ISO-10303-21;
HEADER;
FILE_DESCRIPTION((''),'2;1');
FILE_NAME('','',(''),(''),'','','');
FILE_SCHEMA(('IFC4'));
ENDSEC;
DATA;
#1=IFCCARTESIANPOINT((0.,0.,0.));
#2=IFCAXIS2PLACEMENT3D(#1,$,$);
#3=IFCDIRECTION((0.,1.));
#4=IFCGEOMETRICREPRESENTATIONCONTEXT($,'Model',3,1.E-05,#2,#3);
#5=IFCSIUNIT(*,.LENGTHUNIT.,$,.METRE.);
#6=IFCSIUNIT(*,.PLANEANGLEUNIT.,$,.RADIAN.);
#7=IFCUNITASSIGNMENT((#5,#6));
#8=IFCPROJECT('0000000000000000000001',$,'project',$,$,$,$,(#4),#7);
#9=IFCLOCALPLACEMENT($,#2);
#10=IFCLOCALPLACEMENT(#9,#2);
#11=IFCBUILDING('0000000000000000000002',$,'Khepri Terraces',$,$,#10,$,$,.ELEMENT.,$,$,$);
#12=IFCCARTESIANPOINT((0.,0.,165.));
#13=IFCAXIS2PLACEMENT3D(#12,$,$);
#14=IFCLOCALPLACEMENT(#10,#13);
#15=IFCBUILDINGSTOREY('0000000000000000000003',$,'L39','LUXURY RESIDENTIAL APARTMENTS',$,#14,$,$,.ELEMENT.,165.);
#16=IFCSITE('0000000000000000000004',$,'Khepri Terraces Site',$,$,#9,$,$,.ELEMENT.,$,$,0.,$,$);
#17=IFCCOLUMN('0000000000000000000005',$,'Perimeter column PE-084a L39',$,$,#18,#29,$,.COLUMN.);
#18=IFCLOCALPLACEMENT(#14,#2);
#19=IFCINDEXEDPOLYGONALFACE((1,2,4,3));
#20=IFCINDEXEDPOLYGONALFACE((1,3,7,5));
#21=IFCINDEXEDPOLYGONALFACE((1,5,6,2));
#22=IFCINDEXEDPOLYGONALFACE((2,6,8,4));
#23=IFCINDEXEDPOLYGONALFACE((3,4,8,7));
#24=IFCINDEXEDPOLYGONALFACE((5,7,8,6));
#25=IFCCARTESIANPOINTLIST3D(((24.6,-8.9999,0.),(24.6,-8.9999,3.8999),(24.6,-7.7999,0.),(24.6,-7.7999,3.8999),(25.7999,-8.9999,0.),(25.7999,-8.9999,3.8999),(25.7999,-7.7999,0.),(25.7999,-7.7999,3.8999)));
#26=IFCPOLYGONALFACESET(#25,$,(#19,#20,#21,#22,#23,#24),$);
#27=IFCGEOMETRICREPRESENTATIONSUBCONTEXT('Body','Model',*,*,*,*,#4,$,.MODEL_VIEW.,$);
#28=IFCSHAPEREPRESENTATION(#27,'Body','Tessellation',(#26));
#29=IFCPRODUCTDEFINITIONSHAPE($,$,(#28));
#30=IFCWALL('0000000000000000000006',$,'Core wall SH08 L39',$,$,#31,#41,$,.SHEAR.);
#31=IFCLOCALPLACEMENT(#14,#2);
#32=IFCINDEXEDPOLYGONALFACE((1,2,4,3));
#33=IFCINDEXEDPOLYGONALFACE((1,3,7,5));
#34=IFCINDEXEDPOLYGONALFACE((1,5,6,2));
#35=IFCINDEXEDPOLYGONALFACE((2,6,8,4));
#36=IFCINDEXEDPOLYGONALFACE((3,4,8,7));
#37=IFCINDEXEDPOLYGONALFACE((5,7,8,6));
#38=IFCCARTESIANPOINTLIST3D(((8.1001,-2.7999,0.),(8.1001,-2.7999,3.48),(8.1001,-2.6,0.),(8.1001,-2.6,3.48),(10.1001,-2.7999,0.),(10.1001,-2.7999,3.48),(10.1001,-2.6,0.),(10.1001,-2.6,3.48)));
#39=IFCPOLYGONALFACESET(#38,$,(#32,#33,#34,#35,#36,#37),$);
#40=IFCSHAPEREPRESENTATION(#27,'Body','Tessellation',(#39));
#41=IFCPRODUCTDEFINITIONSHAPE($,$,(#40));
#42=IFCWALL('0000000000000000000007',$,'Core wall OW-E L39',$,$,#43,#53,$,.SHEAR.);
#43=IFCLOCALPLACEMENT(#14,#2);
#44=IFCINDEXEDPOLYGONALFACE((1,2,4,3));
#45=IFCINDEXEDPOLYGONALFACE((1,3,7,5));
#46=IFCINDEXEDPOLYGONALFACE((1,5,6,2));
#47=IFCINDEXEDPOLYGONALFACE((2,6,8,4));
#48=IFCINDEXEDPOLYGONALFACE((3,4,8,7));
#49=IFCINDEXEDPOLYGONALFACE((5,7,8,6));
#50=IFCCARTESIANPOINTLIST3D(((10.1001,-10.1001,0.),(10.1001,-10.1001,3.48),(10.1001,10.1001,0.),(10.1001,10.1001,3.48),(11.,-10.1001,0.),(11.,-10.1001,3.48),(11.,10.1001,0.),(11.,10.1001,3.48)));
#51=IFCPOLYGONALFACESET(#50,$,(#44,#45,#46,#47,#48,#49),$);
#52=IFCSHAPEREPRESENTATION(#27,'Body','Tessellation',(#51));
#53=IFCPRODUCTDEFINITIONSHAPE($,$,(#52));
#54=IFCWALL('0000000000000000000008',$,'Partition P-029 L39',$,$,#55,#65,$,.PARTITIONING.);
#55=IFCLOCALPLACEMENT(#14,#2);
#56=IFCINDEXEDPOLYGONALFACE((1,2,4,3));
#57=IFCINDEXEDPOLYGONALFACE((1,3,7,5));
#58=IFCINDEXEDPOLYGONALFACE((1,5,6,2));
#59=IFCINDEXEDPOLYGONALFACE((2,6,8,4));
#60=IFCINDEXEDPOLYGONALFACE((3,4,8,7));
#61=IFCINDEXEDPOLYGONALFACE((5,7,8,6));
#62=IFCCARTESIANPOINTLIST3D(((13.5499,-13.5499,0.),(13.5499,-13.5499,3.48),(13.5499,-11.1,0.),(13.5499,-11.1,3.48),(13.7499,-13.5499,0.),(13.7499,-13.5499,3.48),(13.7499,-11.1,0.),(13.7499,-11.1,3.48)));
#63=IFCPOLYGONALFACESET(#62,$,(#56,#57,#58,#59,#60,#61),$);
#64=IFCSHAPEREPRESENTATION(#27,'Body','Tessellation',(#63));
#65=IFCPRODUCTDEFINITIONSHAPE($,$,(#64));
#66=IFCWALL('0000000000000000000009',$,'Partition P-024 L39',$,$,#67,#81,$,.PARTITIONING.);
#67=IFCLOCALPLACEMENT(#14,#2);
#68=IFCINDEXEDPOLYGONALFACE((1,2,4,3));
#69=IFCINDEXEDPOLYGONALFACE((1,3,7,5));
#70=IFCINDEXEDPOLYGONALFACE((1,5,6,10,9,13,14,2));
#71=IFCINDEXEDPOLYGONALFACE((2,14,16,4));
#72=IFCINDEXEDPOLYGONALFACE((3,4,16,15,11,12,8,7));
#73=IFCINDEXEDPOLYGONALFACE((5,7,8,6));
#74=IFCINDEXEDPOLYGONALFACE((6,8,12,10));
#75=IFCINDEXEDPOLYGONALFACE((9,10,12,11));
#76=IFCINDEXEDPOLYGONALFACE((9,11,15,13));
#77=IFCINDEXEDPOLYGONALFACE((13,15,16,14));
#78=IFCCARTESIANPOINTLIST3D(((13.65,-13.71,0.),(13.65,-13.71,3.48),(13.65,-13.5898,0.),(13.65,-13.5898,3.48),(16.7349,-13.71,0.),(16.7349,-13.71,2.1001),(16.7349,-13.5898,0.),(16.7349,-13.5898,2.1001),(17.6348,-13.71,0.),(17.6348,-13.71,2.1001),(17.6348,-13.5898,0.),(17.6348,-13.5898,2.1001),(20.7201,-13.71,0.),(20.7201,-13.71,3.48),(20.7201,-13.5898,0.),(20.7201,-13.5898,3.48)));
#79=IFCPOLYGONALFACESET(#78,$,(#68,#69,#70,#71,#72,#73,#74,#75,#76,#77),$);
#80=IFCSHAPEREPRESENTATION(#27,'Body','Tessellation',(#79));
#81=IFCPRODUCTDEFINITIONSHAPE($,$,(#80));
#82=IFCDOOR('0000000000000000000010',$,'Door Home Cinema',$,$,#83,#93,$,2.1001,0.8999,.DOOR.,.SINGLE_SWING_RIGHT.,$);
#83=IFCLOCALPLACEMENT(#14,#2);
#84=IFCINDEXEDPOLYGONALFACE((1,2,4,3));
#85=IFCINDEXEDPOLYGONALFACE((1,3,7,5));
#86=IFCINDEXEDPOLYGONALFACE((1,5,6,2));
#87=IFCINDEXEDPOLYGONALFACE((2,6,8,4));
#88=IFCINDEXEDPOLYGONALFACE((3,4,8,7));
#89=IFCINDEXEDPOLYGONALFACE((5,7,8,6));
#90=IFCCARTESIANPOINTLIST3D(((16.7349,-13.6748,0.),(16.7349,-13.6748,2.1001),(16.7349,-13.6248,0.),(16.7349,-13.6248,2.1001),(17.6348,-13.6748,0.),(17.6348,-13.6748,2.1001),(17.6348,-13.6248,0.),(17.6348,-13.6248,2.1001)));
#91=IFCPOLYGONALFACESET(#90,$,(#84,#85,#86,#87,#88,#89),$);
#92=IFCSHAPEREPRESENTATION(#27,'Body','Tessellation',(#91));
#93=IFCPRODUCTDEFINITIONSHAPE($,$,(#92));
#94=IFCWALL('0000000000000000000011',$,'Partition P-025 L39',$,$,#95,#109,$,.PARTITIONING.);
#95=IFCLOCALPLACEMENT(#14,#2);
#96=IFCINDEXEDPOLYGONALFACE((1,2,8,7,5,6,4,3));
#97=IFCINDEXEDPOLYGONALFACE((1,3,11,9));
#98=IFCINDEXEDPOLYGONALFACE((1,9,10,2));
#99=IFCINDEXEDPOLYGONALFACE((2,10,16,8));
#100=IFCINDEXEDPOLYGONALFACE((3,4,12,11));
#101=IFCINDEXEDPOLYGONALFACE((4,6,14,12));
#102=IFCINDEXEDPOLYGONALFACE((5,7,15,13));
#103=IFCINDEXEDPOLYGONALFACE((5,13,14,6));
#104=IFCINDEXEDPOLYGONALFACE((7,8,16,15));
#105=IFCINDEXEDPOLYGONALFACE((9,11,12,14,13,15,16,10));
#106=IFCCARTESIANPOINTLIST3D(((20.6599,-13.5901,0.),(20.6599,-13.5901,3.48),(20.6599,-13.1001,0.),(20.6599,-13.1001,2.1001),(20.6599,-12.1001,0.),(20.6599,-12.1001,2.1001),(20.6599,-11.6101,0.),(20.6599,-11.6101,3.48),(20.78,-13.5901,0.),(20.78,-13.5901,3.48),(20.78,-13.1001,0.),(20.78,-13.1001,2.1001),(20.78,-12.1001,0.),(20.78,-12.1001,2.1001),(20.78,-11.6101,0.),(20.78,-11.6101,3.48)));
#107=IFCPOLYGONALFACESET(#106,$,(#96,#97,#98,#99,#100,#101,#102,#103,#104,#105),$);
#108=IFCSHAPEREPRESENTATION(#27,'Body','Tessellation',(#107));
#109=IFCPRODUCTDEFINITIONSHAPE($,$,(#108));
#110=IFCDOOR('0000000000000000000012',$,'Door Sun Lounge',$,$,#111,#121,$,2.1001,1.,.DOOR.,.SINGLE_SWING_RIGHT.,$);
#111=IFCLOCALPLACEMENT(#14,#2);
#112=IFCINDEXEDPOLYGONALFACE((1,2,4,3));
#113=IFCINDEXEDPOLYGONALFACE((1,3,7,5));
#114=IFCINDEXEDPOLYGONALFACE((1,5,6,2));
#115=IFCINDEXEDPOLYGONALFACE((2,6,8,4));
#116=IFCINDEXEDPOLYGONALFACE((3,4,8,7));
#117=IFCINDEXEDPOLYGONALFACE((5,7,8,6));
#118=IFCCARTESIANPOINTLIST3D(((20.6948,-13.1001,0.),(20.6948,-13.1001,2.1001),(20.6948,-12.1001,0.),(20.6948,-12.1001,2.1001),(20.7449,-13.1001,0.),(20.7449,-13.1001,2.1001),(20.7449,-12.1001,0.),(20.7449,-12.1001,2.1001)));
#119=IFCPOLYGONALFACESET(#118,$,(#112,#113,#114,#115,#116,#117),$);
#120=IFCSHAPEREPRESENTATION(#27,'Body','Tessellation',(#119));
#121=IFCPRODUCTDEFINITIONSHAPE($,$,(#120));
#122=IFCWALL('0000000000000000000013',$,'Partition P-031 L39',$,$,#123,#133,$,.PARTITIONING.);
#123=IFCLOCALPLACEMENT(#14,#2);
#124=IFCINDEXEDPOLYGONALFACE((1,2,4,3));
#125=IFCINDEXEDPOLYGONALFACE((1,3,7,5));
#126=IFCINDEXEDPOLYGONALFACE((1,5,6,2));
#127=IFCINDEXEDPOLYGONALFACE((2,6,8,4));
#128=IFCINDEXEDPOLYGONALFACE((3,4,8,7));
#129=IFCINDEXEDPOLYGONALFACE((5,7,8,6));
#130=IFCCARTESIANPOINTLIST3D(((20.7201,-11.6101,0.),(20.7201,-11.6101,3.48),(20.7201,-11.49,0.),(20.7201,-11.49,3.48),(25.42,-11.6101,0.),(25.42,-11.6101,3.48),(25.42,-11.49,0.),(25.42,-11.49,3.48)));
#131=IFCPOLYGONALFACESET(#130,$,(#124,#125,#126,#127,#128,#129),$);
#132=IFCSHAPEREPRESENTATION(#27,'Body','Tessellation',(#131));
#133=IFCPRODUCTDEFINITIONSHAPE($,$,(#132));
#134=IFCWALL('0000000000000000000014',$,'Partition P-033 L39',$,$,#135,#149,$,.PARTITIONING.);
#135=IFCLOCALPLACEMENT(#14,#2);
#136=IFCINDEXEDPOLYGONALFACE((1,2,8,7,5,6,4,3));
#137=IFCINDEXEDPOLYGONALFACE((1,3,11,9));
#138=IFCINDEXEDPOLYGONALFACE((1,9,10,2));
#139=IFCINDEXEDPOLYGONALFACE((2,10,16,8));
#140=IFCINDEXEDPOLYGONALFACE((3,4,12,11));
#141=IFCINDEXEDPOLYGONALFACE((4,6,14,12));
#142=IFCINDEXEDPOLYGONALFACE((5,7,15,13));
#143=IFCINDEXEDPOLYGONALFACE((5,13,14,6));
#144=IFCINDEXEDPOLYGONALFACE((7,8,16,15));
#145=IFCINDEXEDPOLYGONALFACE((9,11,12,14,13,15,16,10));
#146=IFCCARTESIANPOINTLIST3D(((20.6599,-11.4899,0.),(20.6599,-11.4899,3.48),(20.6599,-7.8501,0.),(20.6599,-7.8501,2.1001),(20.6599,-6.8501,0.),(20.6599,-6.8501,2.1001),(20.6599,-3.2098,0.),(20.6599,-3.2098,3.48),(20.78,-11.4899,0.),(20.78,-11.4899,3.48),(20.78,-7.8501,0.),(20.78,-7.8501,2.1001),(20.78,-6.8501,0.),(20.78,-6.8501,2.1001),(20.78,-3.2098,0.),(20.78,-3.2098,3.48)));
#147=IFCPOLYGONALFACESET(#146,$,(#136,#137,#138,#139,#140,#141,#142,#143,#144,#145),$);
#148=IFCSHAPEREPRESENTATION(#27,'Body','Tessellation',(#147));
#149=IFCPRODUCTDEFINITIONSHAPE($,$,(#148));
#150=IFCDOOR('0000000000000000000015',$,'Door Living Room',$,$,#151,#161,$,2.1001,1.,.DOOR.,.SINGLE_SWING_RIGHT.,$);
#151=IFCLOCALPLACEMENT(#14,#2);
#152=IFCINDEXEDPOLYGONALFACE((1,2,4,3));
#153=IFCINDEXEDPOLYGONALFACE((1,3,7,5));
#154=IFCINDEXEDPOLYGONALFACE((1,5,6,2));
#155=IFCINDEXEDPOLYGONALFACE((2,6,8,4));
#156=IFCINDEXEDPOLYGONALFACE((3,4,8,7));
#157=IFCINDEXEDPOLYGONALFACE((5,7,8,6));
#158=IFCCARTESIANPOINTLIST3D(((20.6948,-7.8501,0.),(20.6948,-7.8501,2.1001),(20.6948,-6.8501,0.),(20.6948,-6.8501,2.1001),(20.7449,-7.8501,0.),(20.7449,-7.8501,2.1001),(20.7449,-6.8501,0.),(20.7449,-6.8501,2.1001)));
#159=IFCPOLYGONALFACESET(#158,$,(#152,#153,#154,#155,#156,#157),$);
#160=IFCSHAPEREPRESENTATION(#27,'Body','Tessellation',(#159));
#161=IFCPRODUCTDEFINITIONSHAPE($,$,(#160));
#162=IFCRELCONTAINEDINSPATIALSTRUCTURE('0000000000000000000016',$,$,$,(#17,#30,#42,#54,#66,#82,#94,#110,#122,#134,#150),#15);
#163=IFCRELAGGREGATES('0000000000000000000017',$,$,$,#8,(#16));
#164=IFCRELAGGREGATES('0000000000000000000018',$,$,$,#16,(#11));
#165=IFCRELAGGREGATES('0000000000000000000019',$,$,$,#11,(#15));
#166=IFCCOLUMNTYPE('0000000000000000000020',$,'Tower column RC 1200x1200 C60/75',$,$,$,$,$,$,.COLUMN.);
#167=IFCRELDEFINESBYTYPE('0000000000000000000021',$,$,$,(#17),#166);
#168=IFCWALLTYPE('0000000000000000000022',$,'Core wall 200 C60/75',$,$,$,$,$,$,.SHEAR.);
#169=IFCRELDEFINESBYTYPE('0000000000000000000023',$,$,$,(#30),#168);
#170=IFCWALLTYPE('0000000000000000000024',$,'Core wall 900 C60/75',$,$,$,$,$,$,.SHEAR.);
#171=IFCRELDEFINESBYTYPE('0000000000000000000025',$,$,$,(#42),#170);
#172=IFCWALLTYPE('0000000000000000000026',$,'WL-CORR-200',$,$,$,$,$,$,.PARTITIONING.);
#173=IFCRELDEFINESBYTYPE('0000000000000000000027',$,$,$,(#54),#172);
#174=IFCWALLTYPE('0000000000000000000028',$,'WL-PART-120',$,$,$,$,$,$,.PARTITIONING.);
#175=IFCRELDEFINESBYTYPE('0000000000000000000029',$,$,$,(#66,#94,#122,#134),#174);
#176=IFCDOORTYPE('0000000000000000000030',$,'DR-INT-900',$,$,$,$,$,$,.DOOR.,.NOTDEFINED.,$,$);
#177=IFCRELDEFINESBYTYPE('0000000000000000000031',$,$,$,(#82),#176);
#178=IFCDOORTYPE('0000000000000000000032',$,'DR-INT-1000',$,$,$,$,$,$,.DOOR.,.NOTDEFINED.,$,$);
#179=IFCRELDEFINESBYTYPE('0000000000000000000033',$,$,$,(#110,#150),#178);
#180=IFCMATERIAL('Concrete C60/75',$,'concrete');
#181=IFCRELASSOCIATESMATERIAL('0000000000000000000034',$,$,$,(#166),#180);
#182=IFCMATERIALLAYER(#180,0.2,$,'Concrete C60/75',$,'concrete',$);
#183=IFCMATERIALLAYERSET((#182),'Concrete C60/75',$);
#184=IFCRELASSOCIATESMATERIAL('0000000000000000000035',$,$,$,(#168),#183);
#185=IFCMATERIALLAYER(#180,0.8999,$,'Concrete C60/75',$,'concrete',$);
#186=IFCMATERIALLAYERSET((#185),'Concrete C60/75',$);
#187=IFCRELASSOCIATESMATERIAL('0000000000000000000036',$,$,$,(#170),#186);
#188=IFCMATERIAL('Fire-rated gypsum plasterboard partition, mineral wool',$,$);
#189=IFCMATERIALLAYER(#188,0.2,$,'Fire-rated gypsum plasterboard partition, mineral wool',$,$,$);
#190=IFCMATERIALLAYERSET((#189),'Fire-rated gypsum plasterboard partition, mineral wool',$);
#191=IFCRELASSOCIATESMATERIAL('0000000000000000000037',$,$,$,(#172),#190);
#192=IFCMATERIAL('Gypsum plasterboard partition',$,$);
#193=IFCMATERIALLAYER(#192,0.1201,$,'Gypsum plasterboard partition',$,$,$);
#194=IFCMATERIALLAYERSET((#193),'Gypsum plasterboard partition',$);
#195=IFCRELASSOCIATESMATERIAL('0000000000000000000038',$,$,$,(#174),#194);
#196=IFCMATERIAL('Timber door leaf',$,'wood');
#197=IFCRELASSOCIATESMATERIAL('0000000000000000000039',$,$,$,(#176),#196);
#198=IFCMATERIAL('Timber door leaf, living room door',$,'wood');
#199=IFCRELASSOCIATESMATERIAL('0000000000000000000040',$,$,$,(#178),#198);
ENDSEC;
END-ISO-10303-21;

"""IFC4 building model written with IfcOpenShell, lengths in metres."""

from ifc_helpers import new_model, si_unit, direction, frame, frame_2d, origin, origin_2d, place, context, subcontext, project, spatial, rectangle, extrude, material, layer, layer_set, material_profile, profile_set, type_object, element, fill, save


model = new_model("IFC4")

# Units and contexts
model_context = context("Model", 3, precision=1e-05, world=origin(), true_north=direction((0.0, 1.0)))
body_context = subcontext(model_context, "Body", "Model", "MODEL_VIEW")
ifc_project = project(units=[si_unit("LENGTHUNIT", "METRE"), si_unit("PLANEANGLEUNIT", "RADIAN")], contexts=[model_context])

# Site, building, storey
site_placement = place(None, origin())
site = spatial("IfcSite", under=ifc_project, at=site_placement, Name="Khepri Terraces Site", CompositionType="ELEMENT", RefElevation=0.0)
building_placement = place(site_placement, origin())
building = spatial("IfcBuilding", under=site, at=building_placement, Name="Khepri Terraces", CompositionType="ELEMENT")
storey_placement = place(building_placement, frame((0.0, 0.0, 165.0)))
storey = spatial("IfcBuildingStorey", under=building, at=storey_placement, Name="L39", Description="LUXURY RESIDENTIAL APARTMENTS", CompositionType="ELEMENT", Elevation=165.0)

# Column
ifc_material_1 = material(Name="Concrete C60/75", Category="concrete")
ifc_material_profile = material_profile(ifc_material_1, rectangle(XDim=1.2, YDim=1.2, at=origin_2d()), Name="Concrete C60/75", Category="concrete")
ifc_profile_set = profile_set([ifc_material_profile], Name="Concrete C60/75")
column_type = type_object("IfcColumnType", Name="Tower column RC 1200x1200 C60/75", PredefinedType="COLUMN", material=ifc_profile_set)
column_placement = place(storey_placement, frame((25.2, -8.3999, 0.0), z_axis=(0.0, 0.0, 1.0), x_axis=(1.0, 0.0, 0.0)))
element("IfcColumn", 1, at=column_placement, inside=storey, type_object=column_type, Name="Perimeter column PE-084a L39", PredefinedType="COLUMN", context=body_context, shape_type="SweptSolid", body=[
    extrude(rectangle(XDim=1.2, YDim=1.2, at=origin_2d()), origin(), (0.0, 0.0, 1.0), 3.8999),
])

# Walls
ifc_layer_1 = layer(ifc_material_1, 0.2, Name="Concrete C60/75", Category="concrete")
ifc_layer_set_1 = layer_set([ifc_layer_1], Name="Concrete C60/75")
wall_type_1 = type_object("IfcWallType", Name="Core wall 200 C60/75", PredefinedType="SHEAR", material=ifc_layer_set_1)
wall_1_placement = place(storey_placement, frame((8.1001, -2.7, 0.0), z_axis=(0.0, 0.0, 1.0), x_axis=(1.0, 0.0, 0.0)))
element("IfcWall", 2, at=wall_1_placement, inside=storey, type_object=wall_type_1, Name="Core wall SH08 L39", PredefinedType="SHEAR", context=body_context, shape_type="SweptSolid", body=[
    extrude(rectangle(XDim=2.0, YDim=0.2, at=frame_2d((1.0, 0.0))), origin(), (0.0, 0.0, 1.0), 3.48),
])
ifc_layer_2 = layer(ifc_material_1, 0.8999, Name="Concrete C60/75", Category="concrete")
ifc_layer_set_2 = layer_set([ifc_layer_2], Name="Concrete C60/75")
wall_type_2 = type_object("IfcWallType", Name="Core wall 900 C60/75", PredefinedType="SHEAR", material=ifc_layer_set_2)
wall_2_placement = place(storey_placement, frame((10.55, -10.1001, 0.0), z_axis=(0.0, 0.0, 1.0), x_axis=(0.0, 1.0, 0.0)))
element("IfcWall", 3, at=wall_2_placement, inside=storey, type_object=wall_type_2, Name="Core wall OW-E L39", PredefinedType="SHEAR", context=body_context, shape_type="SweptSolid", body=[
    extrude(rectangle(XDim=20.2002, YDim=0.8999, at=frame_2d((10.1001, 0.0))), origin(), (0.0, 0.0, 1.0), 3.48),
])
ifc_material_2 = material(Name="Fire-rated gypsum plasterboard partition, mineral wool")
ifc_layer_3 = layer(ifc_material_2, 0.2, Name="Fire-rated gypsum plasterboard partition, mineral wool")
ifc_layer_set_3 = layer_set([ifc_layer_3], Name="Fire-rated gypsum plasterboard partition, mineral wool")
wall_type_3 = type_object("IfcWallType", Name="WL-CORR-200", PredefinedType="PARTITIONING", material=ifc_layer_set_3)
wall_3_placement = place(storey_placement, frame((13.6499, -13.55, 0.0), z_axis=(0.0, 0.0, 1.0), x_axis=(0.0, 1.0, 0.0)))
element("IfcWall", 4, at=wall_3_placement, inside=storey, type_object=wall_type_3, Name="Partition P-029 L39", PredefinedType="PARTITIONING", context=body_context, shape_type="SweptSolid", body=[
    extrude(rectangle(XDim=2.45, YDim=0.2, at=frame_2d((1.2251, 0.0))), origin(), (0.0, 0.0, 1.0), 3.48),
])

# Walls, openings, doors
ifc_material_3 = material(Name="Gypsum plasterboard partition")
ifc_layer_4 = layer(ifc_material_3, 0.1201, Name="Gypsum plasterboard partition")
ifc_layer_set_4 = layer_set([ifc_layer_4], Name="Gypsum plasterboard partition")
wall_type_4 = type_object("IfcWallType", Name="WL-PART-120", PredefinedType="PARTITIONING", material=ifc_layer_set_4)
wall_4_placement = place(storey_placement, frame((13.6499, -13.6499, 0.0), z_axis=(0.0, 0.0, 1.0), x_axis=(1.0, 0.0, 0.0)))
wall_4 = element("IfcWall", 5, at=wall_4_placement, inside=storey, type_object=wall_type_4, Name="Partition P-024 L39", PredefinedType="PARTITIONING", context=body_context, shape_type="SweptSolid", body=[
    extrude(rectangle(XDim=7.0701, YDim=0.1201, at=frame_2d((3.5352, 0.0))), origin(), (0.0, 0.0, 1.0), 3.48),
])
opening_1_placement = place(wall_4_placement, frame((3.085, 0.0, 0.0)))
opening_1 = element("IfcOpeningElement", 6, at=opening_1_placement, cuts=wall_4, PredefinedType="OPENING", context=body_context, shape_type="SweptSolid", body=[
    extrude(rectangle(XDim=0.8999, YDim=2.1001, at=frame_2d((0.45, 1.05))), frame((0.0, 0.0701, 0.0), z_axis=(0.0, -1.0, 0.0), x_axis=(1.0, 0.0, 0.0)), (0.0, 0.0, 1.0), 0.1401),
])
ifc_material_4 = material(Name="Timber door leaf", Category="wood")
door_type_1 = type_object("IfcDoorType", Name="DR-INT-900", OperationType="NOTDEFINED", PredefinedType="DOOR", material=ifc_material_4)
door_1_placement = place(opening_1_placement, frame((0.8999, 0.0, 0.0), z_axis=(0.0, 0.0, 1.0), x_axis=(-1.0, 0.0, 0.0)))
door_1 = element("IfcDoor", 7, at=door_1_placement, inside=storey, type_object=door_type_1, Name="Door Home Cinema", OperationType="SINGLE_SWING_RIGHT", OverallHeight=2.1001, OverallWidth=0.8999, PredefinedType="DOOR", context=body_context, shape_type="SweptSolid", body=[
    extrude(rectangle(XDim=0.8999, YDim=2.1001, at=frame_2d((0.45, 1.05))), frame((0.0, 0.0249, 0.0), z_axis=(0.0, -1.0, 0.0), x_axis=(1.0, 0.0, 0.0)), (0.0, 0.0, 1.0), 0.05),
])
fill(opening_1, door_1)
wall_5_placement = place(storey_placement, frame((20.72, -13.5901, 0.0), z_axis=(0.0, 0.0, 1.0), x_axis=(0.0, 1.0, 0.0)))
wall_5 = element("IfcWall", 8, at=wall_5_placement, inside=storey, type_object=wall_type_4, Name="Partition P-025 L39", PredefinedType="PARTITIONING", context=body_context, shape_type="SweptSolid", body=[
    extrude(rectangle(XDim=1.98, YDim=0.1201, at=frame_2d((0.99, 0.0))), origin(), (0.0, 0.0, 1.0), 3.48),
])
opening_2_placement = place(wall_5_placement, frame((0.49, 0.0, 0.0)))
opening_2 = element("IfcOpeningElement", 9, at=opening_2_placement, cuts=wall_5, PredefinedType="OPENING", context=body_context, shape_type="SweptSolid", body=[
    extrude(rectangle(XDim=1.0, YDim=2.1001, at=frame_2d((0.5, 1.05))), frame((0.0, 0.0701, 0.0), z_axis=(0.0, -1.0, 0.0), x_axis=(1.0, 0.0, 0.0)), (0.0, 0.0, 1.0), 0.1401),
])
ifc_material_5 = material(Name="Timber door leaf, living room door", Category="wood")
door_type_2 = type_object("IfcDoorType", Name="DR-INT-1000", OperationType="NOTDEFINED", PredefinedType="DOOR", material=ifc_material_5)
door_2_placement = place(opening_2_placement, frame((1.0, 0.0, 0.0), z_axis=(0.0, 0.0, 1.0), x_axis=(-1.0, 0.0, 0.0)))
door_2 = element("IfcDoor", 10, at=door_2_placement, inside=storey, type_object=door_type_2, Name="Door Sun Lounge", OperationType="SINGLE_SWING_RIGHT", OverallHeight=2.1001, OverallWidth=1.0, PredefinedType="DOOR", context=body_context, shape_type="SweptSolid", body=[
    extrude(rectangle(XDim=1.0, YDim=2.1001, at=frame_2d((0.5, 1.05))), frame((0.0, 0.0249, 0.0), z_axis=(0.0, -1.0, 0.0), x_axis=(1.0, 0.0, 0.0)), (0.0, 0.0, 1.0), 0.05),
])
fill(opening_2, door_2)

# Wall
wall_6_placement = place(storey_placement, frame((20.72, -11.55, 0.0), z_axis=(0.0, 0.0, 1.0), x_axis=(1.0, 0.0, 0.0)))
element("IfcWall", 11, at=wall_6_placement, inside=storey, type_object=wall_type_4, Name="Partition P-031 L39", PredefinedType="PARTITIONING", context=body_context, shape_type="SweptSolid", body=[
    extrude(rectangle(XDim=4.7, YDim=0.1201, at=frame_2d((2.3501, 0.0))), origin(), (0.0, 0.0, 1.0), 3.48),
])

# Wall, opening, door
wall_7_placement = place(storey_placement, frame((20.72, -11.49, 0.0), z_axis=(0.0, 0.0, 1.0), x_axis=(0.0, 1.0, 0.0)))
wall_7 = element("IfcWall", 12, at=wall_7_placement, inside=storey, type_object=wall_type_4, Name="Partition P-033 L39", PredefinedType="PARTITIONING", context=body_context, shape_type="SweptSolid", body=[
    extrude(rectangle(XDim=8.28, YDim=0.1201, at=frame_2d((4.1401, 0.0))), origin(), (0.0, 0.0, 1.0), 3.48),
])
opening_3_placement = place(wall_7_placement, frame((3.6399, 0.0, 0.0)))
opening_3 = element("IfcOpeningElement", 13, at=opening_3_placement, cuts=wall_7, PredefinedType="OPENING", context=body_context, shape_type="SweptSolid", body=[
    extrude(rectangle(XDim=1.0, YDim=2.1001, at=frame_2d((0.5, 1.05))), frame((0.0, 0.0701, 0.0), z_axis=(0.0, -1.0, 0.0), x_axis=(1.0, 0.0, 0.0)), (0.0, 0.0, 1.0), 0.1401),
])
door_3_placement = place(opening_3_placement, frame((1.0, 0.0, 0.0), z_axis=(0.0, 0.0, 1.0), x_axis=(-1.0, 0.0, 0.0)))
door_3 = element("IfcDoor", 14, at=door_3_placement, inside=storey, type_object=door_type_2, Name="Door Living Room", OperationType="SINGLE_SWING_RIGHT", OverallHeight=2.1001, OverallWidth=1.0, PredefinedType="DOOR", context=body_context, shape_type="SweptSolid", body=[
    extrude(rectangle(XDim=1.0, YDim=2.1001, at=frame_2d((0.5, 1.05))), frame((0.0, 0.0249, 0.0), z_axis=(0.0, -1.0, 0.0), x_axis=(1.0, 0.0, 0.0)), (0.0, 0.0, 1.0), 0.05),
])
fill(opening_3, door_3)

save(model, "model.ifc")
